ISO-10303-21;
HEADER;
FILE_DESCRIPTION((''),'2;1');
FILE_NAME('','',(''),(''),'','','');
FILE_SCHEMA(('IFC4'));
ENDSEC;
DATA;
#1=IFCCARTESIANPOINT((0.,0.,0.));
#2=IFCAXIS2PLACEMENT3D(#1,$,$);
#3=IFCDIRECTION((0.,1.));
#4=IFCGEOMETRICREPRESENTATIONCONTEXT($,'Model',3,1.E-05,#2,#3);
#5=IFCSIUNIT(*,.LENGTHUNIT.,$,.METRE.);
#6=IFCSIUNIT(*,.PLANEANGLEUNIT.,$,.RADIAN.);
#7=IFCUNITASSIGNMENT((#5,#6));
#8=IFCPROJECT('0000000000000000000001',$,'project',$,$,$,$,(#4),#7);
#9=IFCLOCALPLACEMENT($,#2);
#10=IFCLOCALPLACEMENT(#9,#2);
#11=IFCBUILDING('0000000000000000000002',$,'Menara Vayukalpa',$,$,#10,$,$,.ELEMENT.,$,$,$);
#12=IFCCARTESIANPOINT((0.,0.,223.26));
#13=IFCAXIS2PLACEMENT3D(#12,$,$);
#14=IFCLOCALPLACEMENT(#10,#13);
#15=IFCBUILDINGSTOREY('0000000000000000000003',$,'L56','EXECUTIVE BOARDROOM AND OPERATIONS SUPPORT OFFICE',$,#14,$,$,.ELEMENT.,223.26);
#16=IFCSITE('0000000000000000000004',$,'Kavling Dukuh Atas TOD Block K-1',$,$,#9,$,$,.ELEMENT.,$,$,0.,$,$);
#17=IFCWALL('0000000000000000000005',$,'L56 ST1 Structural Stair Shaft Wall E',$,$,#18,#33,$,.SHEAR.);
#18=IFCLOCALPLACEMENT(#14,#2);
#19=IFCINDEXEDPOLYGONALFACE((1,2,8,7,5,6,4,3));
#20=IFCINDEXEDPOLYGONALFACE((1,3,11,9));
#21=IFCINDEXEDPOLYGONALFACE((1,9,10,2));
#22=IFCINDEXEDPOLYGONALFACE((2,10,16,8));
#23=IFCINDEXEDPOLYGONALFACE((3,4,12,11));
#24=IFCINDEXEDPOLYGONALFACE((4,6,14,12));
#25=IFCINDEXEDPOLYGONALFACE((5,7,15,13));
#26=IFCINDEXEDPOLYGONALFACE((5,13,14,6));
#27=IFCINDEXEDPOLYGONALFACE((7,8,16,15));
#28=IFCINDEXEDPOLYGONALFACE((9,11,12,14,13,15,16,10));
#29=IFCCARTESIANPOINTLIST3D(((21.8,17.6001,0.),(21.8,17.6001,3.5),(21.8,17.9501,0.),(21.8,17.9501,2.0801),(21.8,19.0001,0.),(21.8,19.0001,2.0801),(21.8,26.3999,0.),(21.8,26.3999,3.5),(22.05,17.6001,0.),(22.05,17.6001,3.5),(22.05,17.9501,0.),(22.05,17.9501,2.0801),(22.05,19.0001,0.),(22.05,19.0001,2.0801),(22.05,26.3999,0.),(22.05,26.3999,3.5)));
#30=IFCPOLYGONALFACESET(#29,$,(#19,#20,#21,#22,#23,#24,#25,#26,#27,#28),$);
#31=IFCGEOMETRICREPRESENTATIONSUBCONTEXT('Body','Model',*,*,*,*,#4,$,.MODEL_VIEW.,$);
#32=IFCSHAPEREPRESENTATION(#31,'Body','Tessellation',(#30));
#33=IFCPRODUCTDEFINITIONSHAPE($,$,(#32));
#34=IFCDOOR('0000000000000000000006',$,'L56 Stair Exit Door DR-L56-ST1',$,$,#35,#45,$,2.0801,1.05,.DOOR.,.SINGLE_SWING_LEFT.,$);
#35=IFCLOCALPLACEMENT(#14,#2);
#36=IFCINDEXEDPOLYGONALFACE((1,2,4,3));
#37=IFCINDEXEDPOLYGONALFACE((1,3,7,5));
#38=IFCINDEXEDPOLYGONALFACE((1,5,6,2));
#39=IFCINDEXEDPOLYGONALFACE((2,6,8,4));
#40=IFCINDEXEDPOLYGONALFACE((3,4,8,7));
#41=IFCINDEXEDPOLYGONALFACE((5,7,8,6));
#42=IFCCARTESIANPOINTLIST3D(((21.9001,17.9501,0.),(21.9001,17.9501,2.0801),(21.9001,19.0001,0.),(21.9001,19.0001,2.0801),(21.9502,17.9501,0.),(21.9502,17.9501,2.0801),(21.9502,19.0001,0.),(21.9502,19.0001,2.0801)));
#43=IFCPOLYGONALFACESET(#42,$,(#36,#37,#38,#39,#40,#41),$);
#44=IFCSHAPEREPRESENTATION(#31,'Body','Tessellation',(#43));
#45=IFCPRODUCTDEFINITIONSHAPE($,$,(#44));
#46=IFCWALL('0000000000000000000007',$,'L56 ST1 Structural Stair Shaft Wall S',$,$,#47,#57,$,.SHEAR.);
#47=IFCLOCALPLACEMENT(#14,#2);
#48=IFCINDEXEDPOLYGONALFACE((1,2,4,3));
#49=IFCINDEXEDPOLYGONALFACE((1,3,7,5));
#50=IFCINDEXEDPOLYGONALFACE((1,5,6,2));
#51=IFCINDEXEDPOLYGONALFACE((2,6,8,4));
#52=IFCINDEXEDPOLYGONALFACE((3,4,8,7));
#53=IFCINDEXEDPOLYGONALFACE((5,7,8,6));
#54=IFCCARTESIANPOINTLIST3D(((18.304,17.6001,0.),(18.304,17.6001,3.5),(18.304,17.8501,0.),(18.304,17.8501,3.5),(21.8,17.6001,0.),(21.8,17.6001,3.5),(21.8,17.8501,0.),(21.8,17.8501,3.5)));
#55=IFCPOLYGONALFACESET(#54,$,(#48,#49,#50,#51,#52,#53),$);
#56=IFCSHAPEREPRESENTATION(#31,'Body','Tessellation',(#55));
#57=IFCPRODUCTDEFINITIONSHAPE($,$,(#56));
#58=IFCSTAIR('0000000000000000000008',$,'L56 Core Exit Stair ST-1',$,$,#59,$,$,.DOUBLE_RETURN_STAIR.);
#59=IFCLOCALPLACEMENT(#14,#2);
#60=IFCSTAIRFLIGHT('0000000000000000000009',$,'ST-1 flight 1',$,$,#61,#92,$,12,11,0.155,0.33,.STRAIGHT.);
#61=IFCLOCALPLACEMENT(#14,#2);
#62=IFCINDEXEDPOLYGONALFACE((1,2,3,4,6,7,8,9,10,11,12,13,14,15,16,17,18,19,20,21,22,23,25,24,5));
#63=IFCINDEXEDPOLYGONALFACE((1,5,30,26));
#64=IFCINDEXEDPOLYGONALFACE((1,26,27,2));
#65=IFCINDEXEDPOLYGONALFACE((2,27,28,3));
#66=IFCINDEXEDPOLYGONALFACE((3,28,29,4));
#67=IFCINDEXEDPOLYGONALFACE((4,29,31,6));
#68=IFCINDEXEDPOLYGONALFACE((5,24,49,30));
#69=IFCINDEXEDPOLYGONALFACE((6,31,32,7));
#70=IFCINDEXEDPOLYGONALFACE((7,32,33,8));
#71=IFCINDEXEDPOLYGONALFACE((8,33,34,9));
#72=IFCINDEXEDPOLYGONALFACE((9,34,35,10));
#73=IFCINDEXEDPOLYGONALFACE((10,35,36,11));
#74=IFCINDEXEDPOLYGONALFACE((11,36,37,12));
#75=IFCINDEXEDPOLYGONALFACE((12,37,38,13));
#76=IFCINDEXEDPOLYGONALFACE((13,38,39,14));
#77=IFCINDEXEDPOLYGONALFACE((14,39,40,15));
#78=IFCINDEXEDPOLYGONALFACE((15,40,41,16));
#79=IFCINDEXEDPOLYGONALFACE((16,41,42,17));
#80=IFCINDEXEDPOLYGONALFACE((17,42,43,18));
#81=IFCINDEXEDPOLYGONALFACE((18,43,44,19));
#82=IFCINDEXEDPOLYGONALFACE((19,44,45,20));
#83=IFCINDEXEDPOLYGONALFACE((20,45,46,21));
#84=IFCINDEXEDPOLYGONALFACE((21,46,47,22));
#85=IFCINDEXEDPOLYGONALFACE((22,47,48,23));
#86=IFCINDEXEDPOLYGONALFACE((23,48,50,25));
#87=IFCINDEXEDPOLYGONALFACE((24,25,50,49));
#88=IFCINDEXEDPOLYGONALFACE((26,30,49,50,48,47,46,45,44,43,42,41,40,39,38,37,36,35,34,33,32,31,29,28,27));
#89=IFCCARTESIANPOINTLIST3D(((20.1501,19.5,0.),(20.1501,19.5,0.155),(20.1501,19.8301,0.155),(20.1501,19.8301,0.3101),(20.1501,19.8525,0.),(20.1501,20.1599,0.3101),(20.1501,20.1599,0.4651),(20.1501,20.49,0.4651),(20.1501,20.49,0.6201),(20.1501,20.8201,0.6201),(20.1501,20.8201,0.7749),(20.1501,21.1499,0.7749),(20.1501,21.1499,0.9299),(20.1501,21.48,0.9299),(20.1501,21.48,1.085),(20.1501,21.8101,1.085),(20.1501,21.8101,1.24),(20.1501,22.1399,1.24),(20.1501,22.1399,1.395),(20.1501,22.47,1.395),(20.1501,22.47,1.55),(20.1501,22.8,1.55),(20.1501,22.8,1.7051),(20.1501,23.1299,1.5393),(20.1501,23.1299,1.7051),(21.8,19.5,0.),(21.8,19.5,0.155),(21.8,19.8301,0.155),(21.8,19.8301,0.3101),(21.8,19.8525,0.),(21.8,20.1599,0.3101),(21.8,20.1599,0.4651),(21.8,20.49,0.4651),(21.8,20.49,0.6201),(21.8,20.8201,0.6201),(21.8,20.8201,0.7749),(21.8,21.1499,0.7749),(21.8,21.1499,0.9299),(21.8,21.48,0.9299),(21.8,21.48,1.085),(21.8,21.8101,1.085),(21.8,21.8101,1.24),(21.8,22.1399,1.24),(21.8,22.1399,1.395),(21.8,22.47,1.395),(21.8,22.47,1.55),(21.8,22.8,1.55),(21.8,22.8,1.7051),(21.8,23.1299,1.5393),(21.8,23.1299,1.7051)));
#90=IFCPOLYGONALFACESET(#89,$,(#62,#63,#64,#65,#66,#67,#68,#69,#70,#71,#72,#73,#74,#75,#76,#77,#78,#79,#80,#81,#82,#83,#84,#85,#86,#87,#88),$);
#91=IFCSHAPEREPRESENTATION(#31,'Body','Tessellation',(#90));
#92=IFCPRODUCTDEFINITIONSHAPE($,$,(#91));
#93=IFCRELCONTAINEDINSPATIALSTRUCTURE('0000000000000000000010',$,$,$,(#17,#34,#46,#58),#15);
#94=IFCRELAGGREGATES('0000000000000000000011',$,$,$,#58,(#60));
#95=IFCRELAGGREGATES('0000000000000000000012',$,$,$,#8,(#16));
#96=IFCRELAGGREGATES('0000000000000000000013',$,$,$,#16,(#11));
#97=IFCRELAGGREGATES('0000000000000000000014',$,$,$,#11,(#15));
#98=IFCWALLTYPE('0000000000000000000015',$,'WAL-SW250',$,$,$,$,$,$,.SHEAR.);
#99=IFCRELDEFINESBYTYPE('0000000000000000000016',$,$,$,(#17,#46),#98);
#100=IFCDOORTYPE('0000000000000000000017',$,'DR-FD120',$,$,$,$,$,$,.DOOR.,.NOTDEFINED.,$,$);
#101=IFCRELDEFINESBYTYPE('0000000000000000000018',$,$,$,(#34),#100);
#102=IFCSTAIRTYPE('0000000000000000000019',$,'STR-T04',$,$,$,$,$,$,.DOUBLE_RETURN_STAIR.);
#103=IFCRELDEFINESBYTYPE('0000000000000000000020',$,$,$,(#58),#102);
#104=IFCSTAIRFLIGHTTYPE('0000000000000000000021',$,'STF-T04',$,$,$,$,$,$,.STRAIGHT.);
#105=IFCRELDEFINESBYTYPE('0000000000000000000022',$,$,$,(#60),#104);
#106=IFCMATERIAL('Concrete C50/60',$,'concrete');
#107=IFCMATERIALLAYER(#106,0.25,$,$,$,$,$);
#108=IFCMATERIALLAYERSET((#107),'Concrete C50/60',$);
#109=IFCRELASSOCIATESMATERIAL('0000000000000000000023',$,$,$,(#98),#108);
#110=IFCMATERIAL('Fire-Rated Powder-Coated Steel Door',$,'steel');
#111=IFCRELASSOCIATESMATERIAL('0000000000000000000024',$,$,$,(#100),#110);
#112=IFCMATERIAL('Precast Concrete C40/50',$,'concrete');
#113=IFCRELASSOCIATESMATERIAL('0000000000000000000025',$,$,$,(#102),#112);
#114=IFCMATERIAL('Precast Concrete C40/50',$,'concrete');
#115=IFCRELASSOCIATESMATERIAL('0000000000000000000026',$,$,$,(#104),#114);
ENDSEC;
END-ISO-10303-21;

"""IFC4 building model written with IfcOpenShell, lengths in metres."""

from ifc_helpers import new_model, si_unit, direction, frame, frame_2d, origin, place, context, subcontext, project, spatial, polyline, rectangle, outline, extrude, material, layer, layer_set, type_object, element, fill, aggregate, save


model = new_model("IFC4")

# Units and contexts
model_context = context("Model", 3, precision=1e-05, world=origin(), true_north=direction((0.0, 1.0)))
body_context = subcontext(model_context, "Body", "Model", "MODEL_VIEW")
ifc_project = project(units=[si_unit("LENGTHUNIT", "METRE"), si_unit("PLANEANGLEUNIT", "RADIAN")], contexts=[model_context])

# Site, building, storey
site_placement = place(None, origin())
site = spatial("IfcSite", under=ifc_project, at=site_placement, Name="Kavling Dukuh Atas TOD Block K-1", CompositionType="ELEMENT", RefElevation=0.0)
building_placement = place(site_placement, origin())
building = spatial("IfcBuilding", under=site, at=building_placement, Name="Menara Vayukalpa", CompositionType="ELEMENT")
storey_placement = place(building_placement, frame((0.0, 0.0, 223.26)))
storey = spatial("IfcBuildingStorey", under=building, at=storey_placement, Name="L56", Description="EXECUTIVE BOARDROOM AND OPERATIONS SUPPORT OFFICE", CompositionType="ELEMENT", Elevation=223.26)

# Shared definitions
ifc_material_1 = material(Name="Concrete C50/60", Category="concrete")
ifc_layer_1 = layer(ifc_material_1, 0.25)
ifc_layer_set_1 = layer_set([ifc_layer_1], Name="Concrete C50/60")
wall_type_1 = type_object("IfcWallType", Name="WAL-SW250", PredefinedType="SHEAR", material=ifc_layer_set_1)

# Wall, opening, door
wall_1_placement = place(storey_placement, frame((21.925, 17.6001, 0.0), z_axis=(0.0, 0.0, 1.0), x_axis=(0.0, 1.0, 0.0)))
wall_1 = element("IfcWall", 1, at=wall_1_placement, inside=storey, type_object=wall_type_1, Name="L56 ST1 Structural Stair Shaft Wall E", PredefinedType="SHEAR", context=body_context, shape_type="SweptSolid", body=[
    extrude(rectangle(XDim=8.7998, YDim=0.25, at=frame_2d((4.3999, 0.0))), origin(), (0.0, 0.0, 1.0), 3.5),
])
opening_1_placement = place(wall_1_placement, frame((0.3501, 0.0, 0.0)))
opening_1 = element("IfcOpeningElement", 2, at=opening_1_placement, cuts=wall_1, PredefinedType="OPENING", context=body_context, shape_type="SweptSolid", body=[
    extrude(rectangle(XDim=1.05, YDim=2.0801, at=frame_2d((0.5249, 1.04))), frame((0.0, 0.135, 0.0), z_axis=(0.0, -1.0, 0.0), x_axis=(1.0, 0.0, 0.0)), (0.0, 0.0, 1.0), 0.27),
])
ifc_material_2 = material(Name="Fire-Rated Powder-Coated Steel Door", Category="steel")
door_type_1 = type_object("IfcDoorType", Name="DR-FD120", OperationType="NOTDEFINED", PredefinedType="DOOR", material=ifc_material_2)
door_1_placement = place(opening_1_placement, origin())
door_1 = element("IfcDoor", 3, at=door_1_placement, inside=storey, type_object=door_type_1, Name="L56 Stair Exit Door DR-L56-ST1", OperationType="SINGLE_SWING_LEFT", OverallHeight=2.0801, OverallWidth=1.05, PredefinedType="DOOR", context=body_context, shape_type="SweptSolid", body=[
    extrude(rectangle(XDim=1.05, YDim=2.0801, at=frame_2d((0.5249, 1.04))), frame((0.0, 0.0249, 0.0), z_axis=(0.0, -1.0, 0.0), x_axis=(1.0, 0.0, 0.0)), (0.0, 0.0, 1.0), 0.05),
])
fill(opening_1, door_1)

# Wall
wall_2_placement = place(storey_placement, frame((18.304, 17.7251, 0.0), z_axis=(0.0, 0.0, 1.0), x_axis=(1.0, 0.0, 0.0)))
element("IfcWall", 4, at=wall_2_placement, inside=storey, type_object=wall_type_1, Name="L56 ST1 Structural Stair Shaft Wall S", PredefinedType="SHEAR", context=body_context, shape_type="SweptSolid", body=[
    extrude(rectangle(XDim=3.4961, YDim=0.25, at=frame_2d((1.748, 0.0))), origin(), (0.0, 0.0, 1.0), 3.5),
])

# Stair, stair flight
ifc_material_3 = material(Name="Precast Concrete C40/50", Category="concrete")
stair_type = type_object("IfcStairType", Name="STR-T04", PredefinedType="DOUBLE_RETURN_STAIR", material=ifc_material_3)
stair_placement = place(storey_placement, origin())
stair = element("IfcStair", 5, at=stair_placement, inside=storey, type_object=stair_type, Name="L56 Core Exit Stair ST-1", PredefinedType="DOUBLE_RETURN_STAIR")
ifc_material_4 = material(Name="Precast Concrete C40/50", Category="concrete")
stair_flight_type = type_object("IfcStairFlightType", Name="STF-T04", PredefinedType="STRAIGHT", material=ifc_material_4)
stair_flight_placement = place(storey_placement, frame((20.9751, 19.5, 0.0), z_axis=(0.0, 0.0, 1.0), x_axis=(0.0, 1.0, 0.0)))
stair_flight = element("IfcStairFlight", 6, at=stair_flight_placement, type_object=stair_flight_type, Name="ST-1 flight 1", NumberOfRisers=12, NumberOfTreads=11, PredefinedType="STRAIGHT", RiserHeight=0.155, TreadLength=0.33, context=body_context, shape_type="SweptSolid", body=[
    extrude(outline(polyline([(0.0, 0.0), (0.0, 0.155), (0.3301, 0.155), (0.3301, 0.3101), (0.6599, 0.3101), (0.6599, 0.4651), (0.99, 0.4651), (0.99, 0.6201), (1.3201, 0.6201), (1.3201, 0.7749), (1.6499, 0.7749), (1.6499, 0.9299), (1.98, 0.9299), (1.98, 1.085), (2.3101, 1.085), (2.3101, 1.24), (2.6399, 1.24), (2.6399, 1.395), (2.97, 1.395), (2.97, 1.55), (3.3, 1.55), (3.3, 1.7051), (3.6299, 1.7051), (3.6299, 1.8601), (3.6299, 1.5393), (0.3525, 0.0), (0.0, 0.0)])), frame((0.0, 0.825, 0.0), z_axis=(0.0, -1.0, 0.0), x_axis=(1.0, 0.0, 0.0)), (0.0, 0.0, 1.0), 1.6499),
])
aggregate(stair, [stair_flight])

save(model, "model.ifc")
